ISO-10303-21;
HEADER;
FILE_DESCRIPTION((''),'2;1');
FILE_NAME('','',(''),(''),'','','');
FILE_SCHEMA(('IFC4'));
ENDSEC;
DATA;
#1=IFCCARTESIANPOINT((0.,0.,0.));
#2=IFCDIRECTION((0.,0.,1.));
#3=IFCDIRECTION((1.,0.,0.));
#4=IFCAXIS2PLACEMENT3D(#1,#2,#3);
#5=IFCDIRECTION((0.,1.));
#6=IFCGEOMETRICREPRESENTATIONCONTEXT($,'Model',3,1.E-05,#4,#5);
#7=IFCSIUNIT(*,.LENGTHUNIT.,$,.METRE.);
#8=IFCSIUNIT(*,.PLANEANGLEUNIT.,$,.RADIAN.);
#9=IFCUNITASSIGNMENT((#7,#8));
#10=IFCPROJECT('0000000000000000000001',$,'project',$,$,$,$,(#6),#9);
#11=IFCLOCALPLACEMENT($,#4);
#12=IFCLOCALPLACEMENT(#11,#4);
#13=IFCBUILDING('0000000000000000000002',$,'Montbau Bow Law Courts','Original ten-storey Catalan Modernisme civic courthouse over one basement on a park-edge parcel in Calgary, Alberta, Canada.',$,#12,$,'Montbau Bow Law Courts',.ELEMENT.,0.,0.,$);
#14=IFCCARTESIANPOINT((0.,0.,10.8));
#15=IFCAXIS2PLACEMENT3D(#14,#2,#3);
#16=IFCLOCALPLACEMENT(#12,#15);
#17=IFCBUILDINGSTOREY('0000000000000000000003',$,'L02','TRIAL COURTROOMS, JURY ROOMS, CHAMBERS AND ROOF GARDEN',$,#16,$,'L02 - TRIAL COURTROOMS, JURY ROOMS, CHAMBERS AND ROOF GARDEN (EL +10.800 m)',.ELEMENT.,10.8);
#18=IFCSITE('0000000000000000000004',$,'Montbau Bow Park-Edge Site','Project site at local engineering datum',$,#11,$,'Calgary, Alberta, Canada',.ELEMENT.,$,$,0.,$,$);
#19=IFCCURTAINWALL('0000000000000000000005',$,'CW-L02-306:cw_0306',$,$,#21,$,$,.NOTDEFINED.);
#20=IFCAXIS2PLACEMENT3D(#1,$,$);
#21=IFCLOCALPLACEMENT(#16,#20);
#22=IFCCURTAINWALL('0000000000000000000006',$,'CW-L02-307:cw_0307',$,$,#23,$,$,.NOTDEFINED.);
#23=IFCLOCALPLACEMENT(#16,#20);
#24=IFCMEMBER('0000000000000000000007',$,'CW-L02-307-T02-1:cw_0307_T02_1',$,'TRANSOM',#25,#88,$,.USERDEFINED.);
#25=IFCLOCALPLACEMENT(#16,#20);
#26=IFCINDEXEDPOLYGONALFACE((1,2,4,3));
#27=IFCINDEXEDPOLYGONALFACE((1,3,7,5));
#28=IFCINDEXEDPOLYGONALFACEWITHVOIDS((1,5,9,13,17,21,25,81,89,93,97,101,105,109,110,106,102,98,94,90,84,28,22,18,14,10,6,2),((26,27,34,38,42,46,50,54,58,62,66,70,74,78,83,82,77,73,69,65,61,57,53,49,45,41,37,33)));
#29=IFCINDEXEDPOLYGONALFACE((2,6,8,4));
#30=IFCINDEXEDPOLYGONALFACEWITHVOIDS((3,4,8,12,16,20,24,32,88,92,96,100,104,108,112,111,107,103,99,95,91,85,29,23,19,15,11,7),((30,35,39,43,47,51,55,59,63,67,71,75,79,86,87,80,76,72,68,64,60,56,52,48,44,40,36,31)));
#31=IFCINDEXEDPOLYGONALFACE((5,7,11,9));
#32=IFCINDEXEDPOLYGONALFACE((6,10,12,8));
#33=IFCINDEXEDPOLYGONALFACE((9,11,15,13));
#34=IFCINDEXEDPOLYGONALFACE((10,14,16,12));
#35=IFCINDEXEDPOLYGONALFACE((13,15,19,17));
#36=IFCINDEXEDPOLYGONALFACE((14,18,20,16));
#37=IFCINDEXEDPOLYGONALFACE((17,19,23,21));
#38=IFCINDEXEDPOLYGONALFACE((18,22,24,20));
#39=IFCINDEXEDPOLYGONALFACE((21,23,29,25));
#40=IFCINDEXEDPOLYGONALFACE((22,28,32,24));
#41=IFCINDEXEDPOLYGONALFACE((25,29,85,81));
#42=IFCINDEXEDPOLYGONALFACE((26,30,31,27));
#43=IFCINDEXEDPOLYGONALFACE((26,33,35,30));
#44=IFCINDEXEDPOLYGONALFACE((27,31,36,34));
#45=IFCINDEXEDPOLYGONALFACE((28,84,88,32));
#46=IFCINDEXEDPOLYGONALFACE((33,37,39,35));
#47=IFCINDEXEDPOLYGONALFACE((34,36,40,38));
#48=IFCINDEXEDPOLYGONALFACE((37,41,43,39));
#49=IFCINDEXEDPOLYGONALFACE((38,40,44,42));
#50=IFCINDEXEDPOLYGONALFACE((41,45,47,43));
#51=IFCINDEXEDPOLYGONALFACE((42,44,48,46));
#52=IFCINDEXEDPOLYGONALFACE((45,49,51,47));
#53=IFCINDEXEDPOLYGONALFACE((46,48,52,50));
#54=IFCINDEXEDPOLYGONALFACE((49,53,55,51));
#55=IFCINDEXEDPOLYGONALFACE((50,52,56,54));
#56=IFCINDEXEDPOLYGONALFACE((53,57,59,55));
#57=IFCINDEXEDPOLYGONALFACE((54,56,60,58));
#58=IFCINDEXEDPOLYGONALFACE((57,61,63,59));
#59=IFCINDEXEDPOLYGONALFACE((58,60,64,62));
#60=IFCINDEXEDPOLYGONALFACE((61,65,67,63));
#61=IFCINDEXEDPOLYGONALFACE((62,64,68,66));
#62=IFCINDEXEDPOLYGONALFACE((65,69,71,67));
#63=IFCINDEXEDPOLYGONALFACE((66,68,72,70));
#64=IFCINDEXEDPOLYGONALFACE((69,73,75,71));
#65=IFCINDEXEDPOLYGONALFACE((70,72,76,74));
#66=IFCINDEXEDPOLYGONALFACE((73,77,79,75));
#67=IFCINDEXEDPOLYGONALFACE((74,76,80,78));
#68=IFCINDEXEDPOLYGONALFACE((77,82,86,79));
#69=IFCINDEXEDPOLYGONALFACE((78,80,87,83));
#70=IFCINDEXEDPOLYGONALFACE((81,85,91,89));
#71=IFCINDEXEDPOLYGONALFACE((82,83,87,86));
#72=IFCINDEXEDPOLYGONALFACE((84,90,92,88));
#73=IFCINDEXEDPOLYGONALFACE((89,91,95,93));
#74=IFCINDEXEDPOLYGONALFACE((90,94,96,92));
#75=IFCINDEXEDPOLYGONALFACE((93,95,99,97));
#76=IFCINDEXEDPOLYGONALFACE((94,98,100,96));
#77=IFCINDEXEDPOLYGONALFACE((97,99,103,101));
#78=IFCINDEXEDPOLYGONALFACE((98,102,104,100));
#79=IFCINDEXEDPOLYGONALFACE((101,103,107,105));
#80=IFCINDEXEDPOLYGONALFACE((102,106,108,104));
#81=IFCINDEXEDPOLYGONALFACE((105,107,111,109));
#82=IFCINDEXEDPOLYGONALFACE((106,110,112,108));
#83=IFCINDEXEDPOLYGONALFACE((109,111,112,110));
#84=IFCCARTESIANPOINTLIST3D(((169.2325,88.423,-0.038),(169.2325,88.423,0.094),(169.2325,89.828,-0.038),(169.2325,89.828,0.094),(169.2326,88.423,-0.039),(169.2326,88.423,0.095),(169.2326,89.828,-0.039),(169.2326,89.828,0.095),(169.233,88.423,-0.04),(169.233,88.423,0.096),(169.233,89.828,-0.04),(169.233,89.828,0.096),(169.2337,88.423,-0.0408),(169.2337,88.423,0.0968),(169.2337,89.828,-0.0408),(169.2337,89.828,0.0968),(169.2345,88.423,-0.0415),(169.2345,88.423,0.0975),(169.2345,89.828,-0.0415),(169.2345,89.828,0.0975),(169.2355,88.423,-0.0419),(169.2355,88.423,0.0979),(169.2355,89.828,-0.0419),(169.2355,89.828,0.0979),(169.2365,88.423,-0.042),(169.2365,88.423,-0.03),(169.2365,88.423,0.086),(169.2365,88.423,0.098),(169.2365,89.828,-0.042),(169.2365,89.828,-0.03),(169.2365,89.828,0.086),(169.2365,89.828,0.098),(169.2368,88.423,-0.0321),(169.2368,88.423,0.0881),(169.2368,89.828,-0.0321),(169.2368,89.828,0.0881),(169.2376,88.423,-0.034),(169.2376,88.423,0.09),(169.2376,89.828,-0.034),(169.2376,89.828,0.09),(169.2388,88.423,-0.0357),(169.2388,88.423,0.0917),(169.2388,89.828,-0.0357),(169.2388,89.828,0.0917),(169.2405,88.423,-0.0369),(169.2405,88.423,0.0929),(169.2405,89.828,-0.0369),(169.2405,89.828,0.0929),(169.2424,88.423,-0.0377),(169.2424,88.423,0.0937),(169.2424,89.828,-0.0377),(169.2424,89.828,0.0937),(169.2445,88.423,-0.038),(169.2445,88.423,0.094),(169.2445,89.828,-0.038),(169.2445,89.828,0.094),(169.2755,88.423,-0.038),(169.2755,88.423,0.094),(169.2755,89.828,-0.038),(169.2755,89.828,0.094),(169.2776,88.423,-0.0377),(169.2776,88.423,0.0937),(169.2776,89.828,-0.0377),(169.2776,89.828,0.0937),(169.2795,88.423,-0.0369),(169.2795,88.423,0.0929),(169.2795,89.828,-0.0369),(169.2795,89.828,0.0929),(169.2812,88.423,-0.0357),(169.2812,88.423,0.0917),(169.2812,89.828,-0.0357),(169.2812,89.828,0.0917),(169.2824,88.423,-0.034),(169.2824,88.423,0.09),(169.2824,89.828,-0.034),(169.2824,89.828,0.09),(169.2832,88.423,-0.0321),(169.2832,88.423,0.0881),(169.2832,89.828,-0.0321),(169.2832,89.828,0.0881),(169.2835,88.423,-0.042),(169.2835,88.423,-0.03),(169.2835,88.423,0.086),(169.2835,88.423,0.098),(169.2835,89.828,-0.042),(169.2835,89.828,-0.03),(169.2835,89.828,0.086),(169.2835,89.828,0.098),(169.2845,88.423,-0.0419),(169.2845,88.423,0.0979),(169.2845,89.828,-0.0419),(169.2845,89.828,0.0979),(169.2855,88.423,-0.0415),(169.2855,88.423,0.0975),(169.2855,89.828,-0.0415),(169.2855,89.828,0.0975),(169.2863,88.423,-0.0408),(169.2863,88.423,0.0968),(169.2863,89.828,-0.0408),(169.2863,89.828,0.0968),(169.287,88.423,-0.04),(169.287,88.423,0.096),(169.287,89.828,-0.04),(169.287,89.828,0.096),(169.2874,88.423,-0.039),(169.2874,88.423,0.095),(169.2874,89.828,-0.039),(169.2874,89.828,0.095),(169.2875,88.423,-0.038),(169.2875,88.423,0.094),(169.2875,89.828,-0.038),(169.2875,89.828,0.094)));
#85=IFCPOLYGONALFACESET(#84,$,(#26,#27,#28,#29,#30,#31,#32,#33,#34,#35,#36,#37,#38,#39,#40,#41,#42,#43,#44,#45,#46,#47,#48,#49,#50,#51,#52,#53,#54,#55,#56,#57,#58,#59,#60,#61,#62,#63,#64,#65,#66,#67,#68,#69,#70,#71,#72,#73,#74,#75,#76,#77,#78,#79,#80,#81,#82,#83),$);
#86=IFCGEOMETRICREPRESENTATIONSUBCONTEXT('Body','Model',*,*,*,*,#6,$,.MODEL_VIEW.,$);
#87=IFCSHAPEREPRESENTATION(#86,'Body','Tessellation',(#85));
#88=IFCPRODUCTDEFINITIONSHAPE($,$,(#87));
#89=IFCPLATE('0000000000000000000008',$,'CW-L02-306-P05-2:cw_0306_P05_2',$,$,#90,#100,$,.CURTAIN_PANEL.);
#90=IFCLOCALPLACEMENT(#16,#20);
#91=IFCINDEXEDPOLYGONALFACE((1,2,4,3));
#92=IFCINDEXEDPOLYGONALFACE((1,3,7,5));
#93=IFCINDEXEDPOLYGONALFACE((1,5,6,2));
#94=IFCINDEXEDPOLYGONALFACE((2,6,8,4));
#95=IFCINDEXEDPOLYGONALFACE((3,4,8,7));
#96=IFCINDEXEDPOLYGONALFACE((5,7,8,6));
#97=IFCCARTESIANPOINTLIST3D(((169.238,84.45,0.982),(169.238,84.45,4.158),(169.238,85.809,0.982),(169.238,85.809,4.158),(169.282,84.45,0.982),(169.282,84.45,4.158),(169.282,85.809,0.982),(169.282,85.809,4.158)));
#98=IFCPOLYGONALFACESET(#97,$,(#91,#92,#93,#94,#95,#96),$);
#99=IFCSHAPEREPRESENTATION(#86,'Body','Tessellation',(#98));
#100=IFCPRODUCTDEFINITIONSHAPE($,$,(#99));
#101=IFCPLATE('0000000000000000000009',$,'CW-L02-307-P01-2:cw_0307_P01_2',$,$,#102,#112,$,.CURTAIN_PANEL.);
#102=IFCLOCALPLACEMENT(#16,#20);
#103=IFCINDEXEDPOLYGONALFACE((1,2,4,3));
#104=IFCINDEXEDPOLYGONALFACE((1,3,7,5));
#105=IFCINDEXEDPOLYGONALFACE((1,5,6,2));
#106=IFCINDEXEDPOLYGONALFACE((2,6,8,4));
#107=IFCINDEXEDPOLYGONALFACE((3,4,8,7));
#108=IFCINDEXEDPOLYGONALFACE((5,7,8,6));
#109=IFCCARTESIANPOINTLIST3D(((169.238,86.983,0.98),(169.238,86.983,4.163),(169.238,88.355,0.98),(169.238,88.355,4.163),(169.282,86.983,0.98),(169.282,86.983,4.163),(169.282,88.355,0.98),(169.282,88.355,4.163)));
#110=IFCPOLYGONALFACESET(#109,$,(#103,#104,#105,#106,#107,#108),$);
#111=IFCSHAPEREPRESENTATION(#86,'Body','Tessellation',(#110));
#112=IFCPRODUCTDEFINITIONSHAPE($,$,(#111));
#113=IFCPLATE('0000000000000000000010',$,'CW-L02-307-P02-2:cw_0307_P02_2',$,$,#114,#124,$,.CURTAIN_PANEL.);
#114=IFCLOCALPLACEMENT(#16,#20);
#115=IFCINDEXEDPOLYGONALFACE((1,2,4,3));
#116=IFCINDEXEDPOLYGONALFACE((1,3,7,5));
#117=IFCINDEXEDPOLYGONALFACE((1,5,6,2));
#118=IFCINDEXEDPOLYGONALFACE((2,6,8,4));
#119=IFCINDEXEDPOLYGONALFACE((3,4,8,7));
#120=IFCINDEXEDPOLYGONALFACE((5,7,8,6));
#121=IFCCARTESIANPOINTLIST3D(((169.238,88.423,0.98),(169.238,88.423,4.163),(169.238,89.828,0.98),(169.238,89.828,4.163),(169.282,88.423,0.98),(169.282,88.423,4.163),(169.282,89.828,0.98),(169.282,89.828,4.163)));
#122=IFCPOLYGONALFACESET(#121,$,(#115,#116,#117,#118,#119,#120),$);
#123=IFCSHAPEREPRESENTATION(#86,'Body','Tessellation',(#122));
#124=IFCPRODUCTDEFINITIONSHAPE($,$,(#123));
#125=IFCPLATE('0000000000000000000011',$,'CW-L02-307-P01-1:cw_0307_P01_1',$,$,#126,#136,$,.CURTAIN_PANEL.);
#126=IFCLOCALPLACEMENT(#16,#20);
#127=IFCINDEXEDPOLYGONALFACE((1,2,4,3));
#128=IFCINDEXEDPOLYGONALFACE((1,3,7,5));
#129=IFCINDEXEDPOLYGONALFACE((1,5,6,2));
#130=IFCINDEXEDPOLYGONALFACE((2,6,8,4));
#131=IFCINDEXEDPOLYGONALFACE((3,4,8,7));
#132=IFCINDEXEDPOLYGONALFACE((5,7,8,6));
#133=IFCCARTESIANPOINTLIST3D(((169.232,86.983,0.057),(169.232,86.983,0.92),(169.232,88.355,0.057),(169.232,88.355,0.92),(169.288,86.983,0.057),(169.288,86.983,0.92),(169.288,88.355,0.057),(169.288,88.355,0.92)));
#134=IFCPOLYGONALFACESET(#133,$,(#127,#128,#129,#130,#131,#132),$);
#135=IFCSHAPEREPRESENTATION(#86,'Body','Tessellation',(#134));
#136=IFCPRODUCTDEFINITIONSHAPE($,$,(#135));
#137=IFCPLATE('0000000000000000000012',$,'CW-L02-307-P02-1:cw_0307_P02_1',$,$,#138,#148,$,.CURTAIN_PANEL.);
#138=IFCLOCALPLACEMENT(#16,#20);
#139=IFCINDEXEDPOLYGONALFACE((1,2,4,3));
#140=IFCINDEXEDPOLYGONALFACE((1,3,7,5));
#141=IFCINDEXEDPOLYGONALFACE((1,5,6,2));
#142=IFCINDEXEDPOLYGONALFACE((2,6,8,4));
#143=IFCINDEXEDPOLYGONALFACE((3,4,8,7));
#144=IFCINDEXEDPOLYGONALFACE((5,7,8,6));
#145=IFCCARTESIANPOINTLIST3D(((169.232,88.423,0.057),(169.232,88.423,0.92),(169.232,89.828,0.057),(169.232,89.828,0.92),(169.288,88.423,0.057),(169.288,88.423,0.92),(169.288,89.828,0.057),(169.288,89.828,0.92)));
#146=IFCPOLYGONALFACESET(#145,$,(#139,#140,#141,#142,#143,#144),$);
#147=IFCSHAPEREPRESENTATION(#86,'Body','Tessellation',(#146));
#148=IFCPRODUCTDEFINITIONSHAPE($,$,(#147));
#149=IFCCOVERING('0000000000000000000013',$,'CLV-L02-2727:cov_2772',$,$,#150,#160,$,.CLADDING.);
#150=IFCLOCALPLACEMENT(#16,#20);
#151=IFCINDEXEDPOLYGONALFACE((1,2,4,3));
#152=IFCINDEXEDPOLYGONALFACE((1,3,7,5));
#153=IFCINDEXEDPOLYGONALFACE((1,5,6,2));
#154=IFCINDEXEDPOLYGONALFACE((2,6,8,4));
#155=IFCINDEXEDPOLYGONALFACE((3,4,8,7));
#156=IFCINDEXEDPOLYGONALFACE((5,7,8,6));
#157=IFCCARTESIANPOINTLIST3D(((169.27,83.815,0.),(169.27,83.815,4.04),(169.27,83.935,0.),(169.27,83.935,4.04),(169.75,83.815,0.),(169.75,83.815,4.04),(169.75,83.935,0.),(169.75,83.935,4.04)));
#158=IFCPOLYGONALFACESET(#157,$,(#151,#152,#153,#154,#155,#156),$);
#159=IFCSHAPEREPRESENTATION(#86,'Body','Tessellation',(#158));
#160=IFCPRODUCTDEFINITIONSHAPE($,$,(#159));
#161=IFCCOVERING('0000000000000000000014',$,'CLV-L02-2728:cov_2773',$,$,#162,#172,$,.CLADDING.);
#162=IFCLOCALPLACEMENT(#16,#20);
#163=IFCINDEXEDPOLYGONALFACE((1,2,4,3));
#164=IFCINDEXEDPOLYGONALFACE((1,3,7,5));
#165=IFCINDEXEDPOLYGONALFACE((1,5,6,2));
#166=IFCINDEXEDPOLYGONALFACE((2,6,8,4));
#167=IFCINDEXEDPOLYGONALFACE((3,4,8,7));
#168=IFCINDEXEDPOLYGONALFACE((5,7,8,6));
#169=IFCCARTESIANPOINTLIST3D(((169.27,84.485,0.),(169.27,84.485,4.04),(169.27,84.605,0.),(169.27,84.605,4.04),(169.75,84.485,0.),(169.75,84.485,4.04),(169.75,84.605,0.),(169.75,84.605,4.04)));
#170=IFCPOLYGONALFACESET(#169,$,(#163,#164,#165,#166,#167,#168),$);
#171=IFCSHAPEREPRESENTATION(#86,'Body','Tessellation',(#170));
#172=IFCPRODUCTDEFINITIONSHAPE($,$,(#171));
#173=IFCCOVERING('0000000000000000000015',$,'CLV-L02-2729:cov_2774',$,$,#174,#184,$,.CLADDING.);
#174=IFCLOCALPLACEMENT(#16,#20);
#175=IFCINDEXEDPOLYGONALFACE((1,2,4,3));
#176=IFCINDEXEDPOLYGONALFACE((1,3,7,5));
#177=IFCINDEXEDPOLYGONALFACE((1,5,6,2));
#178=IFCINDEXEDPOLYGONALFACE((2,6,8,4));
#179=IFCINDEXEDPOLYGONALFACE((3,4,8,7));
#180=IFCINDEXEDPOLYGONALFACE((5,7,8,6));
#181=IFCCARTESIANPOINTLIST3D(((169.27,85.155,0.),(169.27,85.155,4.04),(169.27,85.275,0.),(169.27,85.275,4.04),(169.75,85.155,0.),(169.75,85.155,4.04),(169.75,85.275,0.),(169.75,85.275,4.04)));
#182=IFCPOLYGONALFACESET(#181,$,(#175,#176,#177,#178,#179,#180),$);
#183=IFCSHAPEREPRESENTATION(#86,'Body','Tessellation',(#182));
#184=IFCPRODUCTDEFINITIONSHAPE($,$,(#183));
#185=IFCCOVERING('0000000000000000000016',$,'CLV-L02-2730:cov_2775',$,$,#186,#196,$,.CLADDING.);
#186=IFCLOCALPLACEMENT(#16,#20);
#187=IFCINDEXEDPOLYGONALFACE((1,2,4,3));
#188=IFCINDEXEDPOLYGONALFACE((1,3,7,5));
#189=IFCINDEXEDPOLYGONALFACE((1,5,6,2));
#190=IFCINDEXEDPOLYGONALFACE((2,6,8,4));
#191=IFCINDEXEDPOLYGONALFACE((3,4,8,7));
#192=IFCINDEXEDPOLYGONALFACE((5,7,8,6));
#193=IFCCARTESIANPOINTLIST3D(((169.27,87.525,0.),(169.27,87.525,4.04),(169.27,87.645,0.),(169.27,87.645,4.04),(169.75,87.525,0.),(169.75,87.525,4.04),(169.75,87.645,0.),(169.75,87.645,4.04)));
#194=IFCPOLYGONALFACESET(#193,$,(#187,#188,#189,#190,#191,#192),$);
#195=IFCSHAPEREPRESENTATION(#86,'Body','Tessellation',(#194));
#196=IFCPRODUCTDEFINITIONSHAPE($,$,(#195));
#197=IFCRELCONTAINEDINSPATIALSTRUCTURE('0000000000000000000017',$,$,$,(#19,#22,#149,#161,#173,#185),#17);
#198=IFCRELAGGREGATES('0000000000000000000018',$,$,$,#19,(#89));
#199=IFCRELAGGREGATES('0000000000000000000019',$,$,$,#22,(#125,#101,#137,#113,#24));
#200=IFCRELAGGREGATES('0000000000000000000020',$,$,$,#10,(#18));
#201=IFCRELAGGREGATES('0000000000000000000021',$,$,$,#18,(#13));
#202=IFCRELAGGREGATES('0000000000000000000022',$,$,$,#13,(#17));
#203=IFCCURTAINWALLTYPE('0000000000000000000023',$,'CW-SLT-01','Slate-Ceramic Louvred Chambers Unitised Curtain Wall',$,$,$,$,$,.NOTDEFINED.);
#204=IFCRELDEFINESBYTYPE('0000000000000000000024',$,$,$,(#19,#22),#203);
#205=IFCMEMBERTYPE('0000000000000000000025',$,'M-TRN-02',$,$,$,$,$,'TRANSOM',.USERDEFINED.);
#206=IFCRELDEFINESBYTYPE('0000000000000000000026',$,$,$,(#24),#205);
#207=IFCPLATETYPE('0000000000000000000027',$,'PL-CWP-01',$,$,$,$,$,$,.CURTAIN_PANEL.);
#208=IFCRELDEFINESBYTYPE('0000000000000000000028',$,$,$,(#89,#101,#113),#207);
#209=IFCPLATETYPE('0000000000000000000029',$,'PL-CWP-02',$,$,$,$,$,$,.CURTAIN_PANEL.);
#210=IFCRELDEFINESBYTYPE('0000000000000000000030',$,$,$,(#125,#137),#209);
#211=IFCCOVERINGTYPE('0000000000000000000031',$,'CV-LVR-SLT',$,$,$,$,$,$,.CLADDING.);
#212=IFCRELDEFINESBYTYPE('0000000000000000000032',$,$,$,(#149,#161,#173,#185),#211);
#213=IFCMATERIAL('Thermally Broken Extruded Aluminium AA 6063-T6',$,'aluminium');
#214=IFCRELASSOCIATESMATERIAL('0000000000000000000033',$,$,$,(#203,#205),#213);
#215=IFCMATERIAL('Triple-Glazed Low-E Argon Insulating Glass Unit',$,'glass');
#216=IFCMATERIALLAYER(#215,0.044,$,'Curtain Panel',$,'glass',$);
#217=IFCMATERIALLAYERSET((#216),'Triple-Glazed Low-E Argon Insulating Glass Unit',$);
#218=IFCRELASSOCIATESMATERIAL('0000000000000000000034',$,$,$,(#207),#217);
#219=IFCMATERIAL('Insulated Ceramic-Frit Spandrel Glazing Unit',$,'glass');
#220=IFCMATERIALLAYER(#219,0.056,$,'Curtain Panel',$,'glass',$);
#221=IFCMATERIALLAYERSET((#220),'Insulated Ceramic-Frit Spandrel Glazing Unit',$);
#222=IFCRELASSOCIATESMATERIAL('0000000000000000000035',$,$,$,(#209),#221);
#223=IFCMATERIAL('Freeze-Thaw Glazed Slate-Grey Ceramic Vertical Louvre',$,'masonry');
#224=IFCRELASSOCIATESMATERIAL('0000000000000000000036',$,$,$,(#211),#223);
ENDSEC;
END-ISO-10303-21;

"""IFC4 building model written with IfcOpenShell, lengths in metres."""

from ifc_helpers import new_model, si_unit, direction, frame, frame_2d, origin_with_axes, origin_2d_with_axis, place, context, subcontext, project, spatial, rectangle, hollow_rectangle, extrude, material, layer, layer_set, material_profile, profile_set, type_object, element, aggregate, save


model = new_model("IFC4")

# Units and contexts
model_context = context("Model", 3, precision=1e-05, world=origin_with_axes(), true_north=direction((0.0, 1.0)))
body_context = subcontext(model_context, "Body", "Model", "MODEL_VIEW")
ifc_project = project(units=[si_unit("LENGTHUNIT", "METRE"), si_unit("PLANEANGLEUNIT", "RADIAN")], contexts=[model_context])

# Site, building, storey
site_placement = place(None, origin_with_axes())
site = spatial("IfcSite", under=ifc_project, at=site_placement, Name="Montbau Bow Park-Edge Site", Description="Project site at local engineering datum", LongName="Calgary, Alberta, Canada", CompositionType="ELEMENT", RefElevation=0.0)
building_placement = place(site_placement, origin_with_axes())
building = spatial("IfcBuilding", under=site, at=building_placement, Name="Montbau Bow Law Courts", Description="Original ten-storey Catalan Modernisme civic courthouse over one basement on a park-edge parcel in Calgary, Alberta, Canada.", LongName="Montbau Bow Law Courts", CompositionType="ELEMENT", ElevationOfRefHeight=0.0, ElevationOfTerrain=0.0)
storey_placement = place(building_placement, frame((0.0, 0.0, 10.8), z_axis=(0.0, 0.0, 1.0), x_axis=(1.0, 0.0, 0.0)))
storey = spatial("IfcBuildingStorey", under=building, at=storey_placement, Name="L02", Description="TRIAL COURTROOMS, JURY ROOMS, CHAMBERS AND ROOF GARDEN", LongName="L02 - TRIAL COURTROOMS, JURY ROOMS, CHAMBERS AND ROOF GARDEN (EL +10.800 m)", CompositionType="ELEMENT", Elevation=10.8)

# Curtain wall
ifc_material_1 = material(Name="Thermally Broken Extruded Aluminium AA 6063-T6", Category="aluminium")
curtain_wall_type = type_object("IfcCurtainWallType", Name="CW-SLT-01", Description="Slate-Ceramic Louvred Chambers Unitised Curtain Wall", PredefinedType="NOTDEFINED", material=ifc_material_1)
curtain_wall_1_placement = place(None, frame((169.26, 78.515, 10.8), z_axis=(0.0, 0.0, 1.0), x_axis=(1.0, 0.0, 0.0)))
curtain_wall_1 = element("IfcCurtainWall", 1, at=curtain_wall_1_placement, inside=storey, type_object=curtain_wall_type, Name="CW-L02-306:cw_0306", PredefinedType="NOTDEFINED")

# Curtain wall
curtain_wall_2_placement = place(None, frame((169.26, 86.915, 10.8), z_axis=(0.0, 0.0, 1.0), x_axis=(1.0, 0.0, 0.0)))
curtain_wall_2 = element("IfcCurtainWall", 2, at=curtain_wall_2_placement, inside=storey, type_object=curtain_wall_type, Name="CW-L02-307:cw_0307", PredefinedType="NOTDEFINED")

# Member
ifc_material_profile_1 = material_profile(ifc_material_1, hollow_rectangle(XDim=0.055, YDim=0.14, WallThickness=0.004, InnerFilletRadius=0.008, OuterFilletRadius=0.004, at=origin_2d_with_axis()), Name="CWT-140X55", Category="Main", Priority=0)
ifc_profile_set_1 = profile_set([ifc_material_profile_1], Name="Thermally Broken Extruded Aluminium AA 6063-T6")
member_type_1 = type_object("IfcMemberType", Name="M-TRN-02", ElementType="TRANSOM", PredefinedType="USERDEFINED", material=ifc_profile_set_1)
member_1_placement = place(None, frame((169.26, 88.423, 10.828), z_axis=(0.0, 1.0, 0.0), x_axis=(-1.0, 0.0, 0.0)))
member_1 = element("IfcMember", 3, at=member_1_placement, type_object=member_type_1, Name="CW-L02-307-T02-1:cw_0307_T02_1", ObjectType="TRANSOM", PredefinedType="USERDEFINED", context=body_context, shape_type="SweptSolid", body=[
    extrude(hollow_rectangle(XDim=0.055, YDim=0.14, WallThickness=0.004, InnerFilletRadius=0.008, OuterFilletRadius=0.004, at=origin_2d_with_axis()), origin_with_axes(), (0.0, 0.0, 1.0), 1.405),
])

# Plates
ifc_material_2 = material(Name="Triple-Glazed Low-E Argon Insulating Glass Unit", Category="glass")
ifc_layer_1 = layer(ifc_material_2, 0.044, Name="Curtain Panel", Category="glass")
ifc_layer_set_1 = layer_set([ifc_layer_1], Name="Triple-Glazed Low-E Argon Insulating Glass Unit")
plate_type_1 = type_object("IfcPlateType", Name="PL-CWP-01", PredefinedType="CURTAIN_PANEL", material=ifc_layer_set_1)
plate_1_placement = place(None, frame((169.26, 84.45, 11.782), z_axis=(1.0, 0.0, 0.0), x_axis=(0.0, 1.0, 0.0)))
plate_1 = element("IfcPlate", 4, at=plate_1_placement, type_object=plate_type_1, Name="CW-L02-306-P05-2:cw_0306_P05_2", PredefinedType="CURTAIN_PANEL", context=body_context, shape_type="SweptSolid", body=[
    extrude(rectangle(XDim=1.359, YDim=3.176, at=frame_2d((0.6795, 1.588), x_axis=(1.0, 0.0))), frame((0.0, 0.0, -0.022), z_axis=(0.0, 0.0, 1.0), x_axis=(1.0, 0.0, 0.0)), (0.0, 0.0, 1.0), 0.044),
])
aggregate(curtain_wall_1, [plate_1])
plate_2_placement = place(None, frame((169.26, 86.983, 11.78), z_axis=(1.0, 0.0, 0.0), x_axis=(0.0, 1.0, 0.0)))
plate_2 = element("IfcPlate", 5, at=plate_2_placement, type_object=plate_type_1, Name="CW-L02-307-P01-2:cw_0307_P01_2", PredefinedType="CURTAIN_PANEL", context=body_context, shape_type="SweptSolid", body=[
    extrude(rectangle(XDim=1.372, YDim=3.183, at=frame_2d((0.686, 1.5915), x_axis=(1.0, 0.0))), frame((0.0, 0.0, -0.022), z_axis=(0.0, 0.0, 1.0), x_axis=(1.0, 0.0, 0.0)), (0.0, 0.0, 1.0), 0.044),
])
plate_3_placement = place(None, frame((169.26, 88.423, 11.78), z_axis=(1.0, 0.0, 0.0), x_axis=(0.0, 1.0, 0.0)))
plate_3 = element("IfcPlate", 6, at=plate_3_placement, type_object=plate_type_1, Name="CW-L02-307-P02-2:cw_0307_P02_2", PredefinedType="CURTAIN_PANEL", context=body_context, shape_type="SweptSolid", body=[
    extrude(rectangle(XDim=1.405, YDim=3.183, at=frame_2d((0.7025, 1.5915), x_axis=(1.0, 0.0))), frame((0.0, 0.0, -0.022), z_axis=(0.0, 0.0, 1.0), x_axis=(1.0, 0.0, 0.0)), (0.0, 0.0, 1.0), 0.044),
])
ifc_material_3 = material(Name="Insulated Ceramic-Frit Spandrel Glazing Unit", Category="glass")
ifc_layer_2 = layer(ifc_material_3, 0.056, Name="Curtain Panel", Category="glass")
ifc_layer_set_2 = layer_set([ifc_layer_2], Name="Insulated Ceramic-Frit Spandrel Glazing Unit")
plate_type_2 = type_object("IfcPlateType", Name="PL-CWP-02", PredefinedType="CURTAIN_PANEL", material=ifc_layer_set_2)
plate_4_placement = place(None, frame((169.26, 86.983, 10.857), z_axis=(1.0, 0.0, 0.0), x_axis=(0.0, 1.0, 0.0)))
plate_4 = element("IfcPlate", 7, at=plate_4_placement, type_object=plate_type_2, Name="CW-L02-307-P01-1:cw_0307_P01_1", PredefinedType="CURTAIN_PANEL", context=body_context, shape_type="SweptSolid", body=[
    extrude(rectangle(XDim=1.372, YDim=0.863, at=frame_2d((0.686, 0.4315), x_axis=(1.0, 0.0))), frame((0.0, 0.0, -0.028), z_axis=(0.0, 0.0, 1.0), x_axis=(1.0, 0.0, 0.0)), (0.0, 0.0, 1.0), 0.056),
])
plate_5_placement = place(None, frame((169.26, 88.423, 10.857), z_axis=(1.0, 0.0, 0.0), x_axis=(0.0, 1.0, 0.0)))
plate_5 = element("IfcPlate", 8, at=plate_5_placement, type_object=plate_type_2, Name="CW-L02-307-P02-1:cw_0307_P02_1", PredefinedType="CURTAIN_PANEL", context=body_context, shape_type="SweptSolid", body=[
    extrude(rectangle(XDim=1.405, YDim=0.863, at=frame_2d((0.7025, 0.4315), x_axis=(1.0, 0.0))), frame((0.0, 0.0, -0.028), z_axis=(0.0, 0.0, 1.0), x_axis=(1.0, 0.0, 0.0)), (0.0, 0.0, 1.0), 0.056),
])
aggregate(curtain_wall_2, [plate_4, plate_2, plate_5, plate_3, member_1])

# Coverings
ifc_material_4 = material(Name="Freeze-Thaw Glazed Slate-Grey Ceramic Vertical Louvre", Category="masonry")
covering_type = type_object("IfcCoveringType", Name="CV-LVR-SLT", PredefinedType="CLADDING", material=ifc_material_4)
for number, where, z_axis, x_axis, name in (
    (9, (169.27, 83.875, 10.8), (0.0, -1.0, 0.0), (1.0, 0.0, 0.0), "CLV-L02-2727:cov_2772"),
    (10, (169.27, 84.545, 10.8), (0.0, -1.0, 0.0), (1.0, 0.0, 0.0), "CLV-L02-2728:cov_2773"),
    (11, (169.27, 85.215, 10.8), (0.0, -1.0, 0.0), (1.0, 0.0, 0.0), "CLV-L02-2729:cov_2774"),
    (12, (169.27, 87.585, 10.8), (0.0, -1.0, 0.0), (1.0, 0.0, 0.0), "CLV-L02-2730:cov_2775"),
):
    element("IfcCovering", number, at=place(None, frame(where, z_axis=z_axis, x_axis=x_axis)), inside=storey, type_object=covering_type, Name=name, PredefinedType="CLADDING", context=body_context, shape_type="SweptSolid", body=[
        extrude(rectangle(XDim=0.48, YDim=4.04, at=frame_2d((0.24, 2.02), x_axis=(1.0, 0.0))), frame((0.0, 0.0, -0.06), z_axis=(0.0, 0.0, 1.0), x_axis=(1.0, 0.0, 0.0)), (0.0, 0.0, 1.0), 0.12),
    ])

save(model, "model.ifc")
